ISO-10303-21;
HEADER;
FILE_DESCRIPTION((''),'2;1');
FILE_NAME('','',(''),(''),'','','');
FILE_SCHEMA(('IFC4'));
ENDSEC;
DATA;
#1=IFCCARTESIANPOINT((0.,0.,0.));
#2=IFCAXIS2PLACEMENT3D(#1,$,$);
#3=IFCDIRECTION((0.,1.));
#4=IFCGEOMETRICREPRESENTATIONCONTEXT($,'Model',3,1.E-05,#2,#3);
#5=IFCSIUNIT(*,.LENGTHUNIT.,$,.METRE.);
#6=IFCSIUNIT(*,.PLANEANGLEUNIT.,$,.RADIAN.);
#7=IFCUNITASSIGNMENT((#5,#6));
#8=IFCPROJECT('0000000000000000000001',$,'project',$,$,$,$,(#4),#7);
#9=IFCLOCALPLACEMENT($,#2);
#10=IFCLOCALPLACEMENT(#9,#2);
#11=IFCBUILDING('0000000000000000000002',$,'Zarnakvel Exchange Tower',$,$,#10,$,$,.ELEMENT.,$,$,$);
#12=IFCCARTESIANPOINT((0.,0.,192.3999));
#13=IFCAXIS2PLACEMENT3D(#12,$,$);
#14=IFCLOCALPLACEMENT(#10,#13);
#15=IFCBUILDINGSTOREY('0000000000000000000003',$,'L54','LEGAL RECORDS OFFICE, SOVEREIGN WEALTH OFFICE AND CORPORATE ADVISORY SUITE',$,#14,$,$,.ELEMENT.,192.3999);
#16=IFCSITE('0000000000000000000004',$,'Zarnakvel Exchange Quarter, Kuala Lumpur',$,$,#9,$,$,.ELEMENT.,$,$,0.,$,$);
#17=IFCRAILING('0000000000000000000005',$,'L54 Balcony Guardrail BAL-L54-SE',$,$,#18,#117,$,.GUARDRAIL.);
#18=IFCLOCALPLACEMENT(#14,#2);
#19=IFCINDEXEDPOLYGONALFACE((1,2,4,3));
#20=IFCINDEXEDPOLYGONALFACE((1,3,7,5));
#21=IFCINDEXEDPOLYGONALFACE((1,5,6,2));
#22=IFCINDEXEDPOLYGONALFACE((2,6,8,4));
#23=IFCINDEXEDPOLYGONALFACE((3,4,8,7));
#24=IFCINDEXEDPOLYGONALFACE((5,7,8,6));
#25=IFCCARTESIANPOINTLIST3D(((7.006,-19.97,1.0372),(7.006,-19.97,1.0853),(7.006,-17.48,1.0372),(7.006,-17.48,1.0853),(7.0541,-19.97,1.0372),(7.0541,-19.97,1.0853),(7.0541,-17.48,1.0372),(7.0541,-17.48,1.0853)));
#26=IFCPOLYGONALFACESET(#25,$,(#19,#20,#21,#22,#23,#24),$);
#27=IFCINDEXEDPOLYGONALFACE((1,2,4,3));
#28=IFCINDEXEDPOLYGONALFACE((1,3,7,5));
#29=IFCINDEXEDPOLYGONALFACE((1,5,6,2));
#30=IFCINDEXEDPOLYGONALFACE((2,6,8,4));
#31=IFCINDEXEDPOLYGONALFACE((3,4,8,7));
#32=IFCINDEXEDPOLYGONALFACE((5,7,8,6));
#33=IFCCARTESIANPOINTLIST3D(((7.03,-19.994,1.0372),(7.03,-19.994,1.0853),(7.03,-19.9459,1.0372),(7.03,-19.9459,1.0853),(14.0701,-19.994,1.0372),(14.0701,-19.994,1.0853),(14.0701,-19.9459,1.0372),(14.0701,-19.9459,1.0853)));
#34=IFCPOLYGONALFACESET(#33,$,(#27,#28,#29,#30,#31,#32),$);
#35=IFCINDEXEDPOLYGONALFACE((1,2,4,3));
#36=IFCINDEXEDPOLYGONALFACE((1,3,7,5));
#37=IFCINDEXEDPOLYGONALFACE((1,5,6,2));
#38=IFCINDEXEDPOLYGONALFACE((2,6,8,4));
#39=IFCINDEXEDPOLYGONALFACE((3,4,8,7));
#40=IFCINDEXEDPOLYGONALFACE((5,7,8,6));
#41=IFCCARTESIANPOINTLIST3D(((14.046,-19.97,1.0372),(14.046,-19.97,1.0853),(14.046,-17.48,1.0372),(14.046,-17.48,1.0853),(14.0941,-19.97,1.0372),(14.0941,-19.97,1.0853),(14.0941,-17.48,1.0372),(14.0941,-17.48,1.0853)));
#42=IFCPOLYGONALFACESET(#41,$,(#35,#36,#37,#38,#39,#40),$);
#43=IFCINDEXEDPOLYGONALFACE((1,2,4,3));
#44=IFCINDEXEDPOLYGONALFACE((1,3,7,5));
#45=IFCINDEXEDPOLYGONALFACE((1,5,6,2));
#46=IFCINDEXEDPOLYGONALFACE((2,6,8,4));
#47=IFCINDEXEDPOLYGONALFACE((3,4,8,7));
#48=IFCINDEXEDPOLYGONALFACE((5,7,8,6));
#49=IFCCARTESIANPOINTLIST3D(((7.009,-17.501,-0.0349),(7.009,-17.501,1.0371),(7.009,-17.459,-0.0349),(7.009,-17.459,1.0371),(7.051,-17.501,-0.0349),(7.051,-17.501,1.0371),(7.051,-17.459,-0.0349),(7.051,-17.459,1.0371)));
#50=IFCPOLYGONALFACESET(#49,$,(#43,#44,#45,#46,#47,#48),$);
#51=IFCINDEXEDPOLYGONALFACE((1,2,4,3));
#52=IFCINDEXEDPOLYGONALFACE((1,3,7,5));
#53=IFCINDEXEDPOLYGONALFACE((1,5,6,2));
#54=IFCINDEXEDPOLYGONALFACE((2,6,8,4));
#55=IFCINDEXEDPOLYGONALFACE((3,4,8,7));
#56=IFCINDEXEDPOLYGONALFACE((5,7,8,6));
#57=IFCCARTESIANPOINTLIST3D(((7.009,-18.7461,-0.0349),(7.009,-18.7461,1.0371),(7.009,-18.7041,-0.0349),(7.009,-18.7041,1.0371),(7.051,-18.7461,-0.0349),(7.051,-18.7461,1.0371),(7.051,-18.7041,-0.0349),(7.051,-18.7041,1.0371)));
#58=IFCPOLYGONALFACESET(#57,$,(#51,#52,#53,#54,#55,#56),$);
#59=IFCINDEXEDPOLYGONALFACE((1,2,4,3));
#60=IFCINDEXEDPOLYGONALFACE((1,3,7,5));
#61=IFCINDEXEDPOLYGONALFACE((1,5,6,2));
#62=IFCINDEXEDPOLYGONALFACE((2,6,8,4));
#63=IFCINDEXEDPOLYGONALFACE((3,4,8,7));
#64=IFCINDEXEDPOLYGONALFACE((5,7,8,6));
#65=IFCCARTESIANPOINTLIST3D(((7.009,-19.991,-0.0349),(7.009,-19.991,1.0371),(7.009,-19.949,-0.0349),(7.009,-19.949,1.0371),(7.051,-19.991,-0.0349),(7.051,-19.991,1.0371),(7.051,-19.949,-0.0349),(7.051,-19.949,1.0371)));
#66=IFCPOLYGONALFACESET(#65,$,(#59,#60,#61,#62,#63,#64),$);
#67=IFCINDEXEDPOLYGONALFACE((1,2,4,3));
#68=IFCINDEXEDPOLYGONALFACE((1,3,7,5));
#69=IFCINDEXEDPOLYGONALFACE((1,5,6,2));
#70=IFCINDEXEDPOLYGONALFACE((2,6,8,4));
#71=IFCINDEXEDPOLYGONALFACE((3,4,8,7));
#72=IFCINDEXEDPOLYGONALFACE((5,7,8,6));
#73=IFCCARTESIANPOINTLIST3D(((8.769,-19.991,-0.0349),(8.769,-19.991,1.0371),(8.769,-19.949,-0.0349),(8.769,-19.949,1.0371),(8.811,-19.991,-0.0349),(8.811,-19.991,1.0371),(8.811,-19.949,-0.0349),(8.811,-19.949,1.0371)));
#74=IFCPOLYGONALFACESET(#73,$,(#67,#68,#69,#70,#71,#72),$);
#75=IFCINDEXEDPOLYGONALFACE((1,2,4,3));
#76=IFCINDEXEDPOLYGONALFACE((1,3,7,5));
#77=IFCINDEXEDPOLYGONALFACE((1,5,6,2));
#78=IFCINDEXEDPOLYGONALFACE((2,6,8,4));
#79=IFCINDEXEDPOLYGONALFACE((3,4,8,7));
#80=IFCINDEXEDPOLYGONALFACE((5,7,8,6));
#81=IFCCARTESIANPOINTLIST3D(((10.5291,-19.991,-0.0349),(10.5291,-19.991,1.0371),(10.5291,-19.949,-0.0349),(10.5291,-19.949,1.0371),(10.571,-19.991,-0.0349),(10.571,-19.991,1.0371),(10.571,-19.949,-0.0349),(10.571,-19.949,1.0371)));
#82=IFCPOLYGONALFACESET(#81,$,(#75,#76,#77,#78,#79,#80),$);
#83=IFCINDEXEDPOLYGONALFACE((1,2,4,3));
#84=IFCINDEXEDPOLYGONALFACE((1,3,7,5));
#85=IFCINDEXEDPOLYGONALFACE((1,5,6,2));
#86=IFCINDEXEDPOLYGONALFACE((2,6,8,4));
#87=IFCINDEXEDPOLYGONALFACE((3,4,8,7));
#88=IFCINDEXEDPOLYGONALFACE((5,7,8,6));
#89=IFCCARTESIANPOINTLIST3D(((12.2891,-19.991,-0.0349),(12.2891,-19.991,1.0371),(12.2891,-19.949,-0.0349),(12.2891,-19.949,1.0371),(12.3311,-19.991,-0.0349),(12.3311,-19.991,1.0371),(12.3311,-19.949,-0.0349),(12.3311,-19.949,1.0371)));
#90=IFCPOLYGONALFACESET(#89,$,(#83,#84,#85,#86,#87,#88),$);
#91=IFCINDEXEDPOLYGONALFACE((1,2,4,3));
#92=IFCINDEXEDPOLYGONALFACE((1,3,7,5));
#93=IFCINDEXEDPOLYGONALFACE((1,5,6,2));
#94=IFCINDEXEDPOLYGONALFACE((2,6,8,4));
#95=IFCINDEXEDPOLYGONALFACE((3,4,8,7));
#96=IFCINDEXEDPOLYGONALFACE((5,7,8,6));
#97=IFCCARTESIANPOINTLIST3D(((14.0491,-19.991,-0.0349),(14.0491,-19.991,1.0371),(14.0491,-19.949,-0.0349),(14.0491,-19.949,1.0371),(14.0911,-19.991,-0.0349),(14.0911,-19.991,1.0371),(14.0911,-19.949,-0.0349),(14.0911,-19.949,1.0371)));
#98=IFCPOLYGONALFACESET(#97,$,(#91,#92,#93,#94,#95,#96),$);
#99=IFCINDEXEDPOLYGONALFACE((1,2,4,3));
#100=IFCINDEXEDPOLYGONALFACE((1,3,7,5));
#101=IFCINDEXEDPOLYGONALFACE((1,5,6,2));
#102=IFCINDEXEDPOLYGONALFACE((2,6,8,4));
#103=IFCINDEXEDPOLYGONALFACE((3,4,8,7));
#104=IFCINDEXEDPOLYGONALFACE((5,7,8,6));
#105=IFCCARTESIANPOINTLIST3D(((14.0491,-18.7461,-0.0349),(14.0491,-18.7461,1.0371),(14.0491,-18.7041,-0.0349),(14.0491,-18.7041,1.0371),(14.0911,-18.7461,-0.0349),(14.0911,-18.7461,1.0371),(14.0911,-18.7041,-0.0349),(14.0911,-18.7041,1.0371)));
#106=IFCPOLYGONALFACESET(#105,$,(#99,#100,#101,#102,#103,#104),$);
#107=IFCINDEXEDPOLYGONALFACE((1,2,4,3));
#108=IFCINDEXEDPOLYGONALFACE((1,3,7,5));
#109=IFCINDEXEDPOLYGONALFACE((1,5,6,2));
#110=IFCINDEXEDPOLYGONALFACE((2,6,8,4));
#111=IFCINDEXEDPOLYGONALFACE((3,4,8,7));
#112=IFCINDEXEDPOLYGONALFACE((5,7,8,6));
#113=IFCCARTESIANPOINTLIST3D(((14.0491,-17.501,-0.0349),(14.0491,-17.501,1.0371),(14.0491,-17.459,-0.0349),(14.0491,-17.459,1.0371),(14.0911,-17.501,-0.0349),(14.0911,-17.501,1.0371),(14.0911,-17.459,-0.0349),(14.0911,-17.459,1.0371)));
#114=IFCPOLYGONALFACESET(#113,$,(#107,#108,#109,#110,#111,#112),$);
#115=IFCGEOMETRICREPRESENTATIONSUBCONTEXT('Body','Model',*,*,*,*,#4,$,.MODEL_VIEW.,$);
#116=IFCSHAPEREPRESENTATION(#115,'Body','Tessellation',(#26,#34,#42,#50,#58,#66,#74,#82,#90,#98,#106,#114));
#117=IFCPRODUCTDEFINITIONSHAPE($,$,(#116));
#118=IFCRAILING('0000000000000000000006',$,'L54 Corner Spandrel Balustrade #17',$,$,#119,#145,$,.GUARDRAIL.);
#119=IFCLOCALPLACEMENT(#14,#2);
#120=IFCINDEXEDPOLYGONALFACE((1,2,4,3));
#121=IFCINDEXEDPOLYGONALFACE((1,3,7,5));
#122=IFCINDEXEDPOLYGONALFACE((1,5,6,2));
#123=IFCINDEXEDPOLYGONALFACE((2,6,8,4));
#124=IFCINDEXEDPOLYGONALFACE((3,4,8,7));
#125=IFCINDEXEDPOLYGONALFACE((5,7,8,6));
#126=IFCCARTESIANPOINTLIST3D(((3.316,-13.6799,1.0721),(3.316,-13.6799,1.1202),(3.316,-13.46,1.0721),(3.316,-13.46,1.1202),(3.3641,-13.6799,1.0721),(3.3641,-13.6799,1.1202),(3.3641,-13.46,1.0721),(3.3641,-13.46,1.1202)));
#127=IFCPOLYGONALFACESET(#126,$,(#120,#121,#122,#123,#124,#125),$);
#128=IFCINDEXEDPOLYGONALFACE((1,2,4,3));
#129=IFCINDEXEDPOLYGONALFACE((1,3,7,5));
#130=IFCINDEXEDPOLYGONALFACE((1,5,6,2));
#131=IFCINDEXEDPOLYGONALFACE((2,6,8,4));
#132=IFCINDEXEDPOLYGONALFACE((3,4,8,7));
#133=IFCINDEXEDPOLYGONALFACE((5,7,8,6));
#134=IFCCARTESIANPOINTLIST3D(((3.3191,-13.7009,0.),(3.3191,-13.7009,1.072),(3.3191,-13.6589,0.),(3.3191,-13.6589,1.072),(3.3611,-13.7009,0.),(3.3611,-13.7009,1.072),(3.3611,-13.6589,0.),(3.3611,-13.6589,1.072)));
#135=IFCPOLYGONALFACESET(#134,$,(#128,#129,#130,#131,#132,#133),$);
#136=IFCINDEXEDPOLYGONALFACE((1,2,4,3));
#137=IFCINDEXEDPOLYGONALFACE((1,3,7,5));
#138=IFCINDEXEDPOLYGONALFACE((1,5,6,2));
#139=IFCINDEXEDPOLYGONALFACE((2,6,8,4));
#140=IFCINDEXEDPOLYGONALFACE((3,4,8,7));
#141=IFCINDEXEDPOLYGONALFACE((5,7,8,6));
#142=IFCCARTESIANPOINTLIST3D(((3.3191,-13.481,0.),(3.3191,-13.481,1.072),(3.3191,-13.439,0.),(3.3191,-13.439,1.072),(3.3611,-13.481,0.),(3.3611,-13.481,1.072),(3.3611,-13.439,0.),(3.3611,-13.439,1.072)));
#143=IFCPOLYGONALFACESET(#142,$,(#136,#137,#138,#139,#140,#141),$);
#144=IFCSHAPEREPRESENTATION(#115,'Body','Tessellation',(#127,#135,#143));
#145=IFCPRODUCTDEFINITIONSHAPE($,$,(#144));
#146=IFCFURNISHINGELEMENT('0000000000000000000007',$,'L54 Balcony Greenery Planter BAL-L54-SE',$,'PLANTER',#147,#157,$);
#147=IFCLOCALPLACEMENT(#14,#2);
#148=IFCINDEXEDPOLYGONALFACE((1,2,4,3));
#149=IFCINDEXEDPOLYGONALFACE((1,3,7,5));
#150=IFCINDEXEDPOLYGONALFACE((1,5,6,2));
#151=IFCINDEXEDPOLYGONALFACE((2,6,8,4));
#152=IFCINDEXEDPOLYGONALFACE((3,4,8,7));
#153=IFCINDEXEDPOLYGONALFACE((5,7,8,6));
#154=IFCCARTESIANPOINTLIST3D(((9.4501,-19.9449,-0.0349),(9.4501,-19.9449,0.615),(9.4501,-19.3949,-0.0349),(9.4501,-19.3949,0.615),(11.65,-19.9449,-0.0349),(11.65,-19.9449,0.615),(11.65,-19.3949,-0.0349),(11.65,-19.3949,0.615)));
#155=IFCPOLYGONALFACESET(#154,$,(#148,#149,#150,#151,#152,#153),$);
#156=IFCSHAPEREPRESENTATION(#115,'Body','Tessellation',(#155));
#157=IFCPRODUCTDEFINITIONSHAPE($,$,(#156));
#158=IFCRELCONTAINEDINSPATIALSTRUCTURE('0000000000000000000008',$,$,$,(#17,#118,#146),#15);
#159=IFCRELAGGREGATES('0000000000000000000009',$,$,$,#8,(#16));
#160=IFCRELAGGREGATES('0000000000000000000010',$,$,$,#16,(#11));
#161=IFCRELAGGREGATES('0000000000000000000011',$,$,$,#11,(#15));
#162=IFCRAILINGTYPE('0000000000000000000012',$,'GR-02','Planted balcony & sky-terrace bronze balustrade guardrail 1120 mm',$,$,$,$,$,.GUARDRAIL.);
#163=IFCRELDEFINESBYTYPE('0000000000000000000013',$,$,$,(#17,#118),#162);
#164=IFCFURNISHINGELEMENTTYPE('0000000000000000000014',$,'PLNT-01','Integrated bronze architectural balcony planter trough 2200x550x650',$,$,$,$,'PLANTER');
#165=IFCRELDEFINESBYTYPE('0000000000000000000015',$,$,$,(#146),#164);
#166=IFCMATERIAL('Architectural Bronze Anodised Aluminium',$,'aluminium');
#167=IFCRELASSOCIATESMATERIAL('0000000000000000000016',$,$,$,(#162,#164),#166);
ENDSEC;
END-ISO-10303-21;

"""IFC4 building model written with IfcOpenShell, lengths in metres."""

from ifc_helpers import new_model, si_unit, direction, frame, origin, origin_2d, place, context, subcontext, project, spatial, rectangle, extrude, source, transform, mapped, material, type_object, element, save


model = new_model("IFC4")

# Units and contexts
model_context = context("Model", 3, precision=1e-05, world=origin(), true_north=direction((0.0, 1.0)))
body_context = subcontext(model_context, "Body", "Model", "MODEL_VIEW")
ifc_project = project(units=[si_unit("LENGTHUNIT", "METRE"), si_unit("PLANEANGLEUNIT", "RADIAN")], contexts=[model_context])

# Site, building, storey
site_placement = place(None, origin())
site = spatial("IfcSite", under=ifc_project, at=site_placement, Name="Zarnakvel Exchange Quarter, Kuala Lumpur", CompositionType="ELEMENT", RefElevation=0.0)
building_placement = place(site_placement, origin())
building = spatial("IfcBuilding", under=site, at=building_placement, Name="Zarnakvel Exchange Tower", CompositionType="ELEMENT")
storey_placement = place(building_placement, frame((0.0, 0.0, 192.3999)))
storey = spatial("IfcBuildingStorey", under=building, at=storey_placement, Name="L54", Description="LEGAL RECORDS OFFICE, SOVEREIGN WEALTH OFFICE AND CORPORATE ADVISORY SUITE", CompositionType="ELEMENT", Elevation=192.3999)

# Shared definitions
ifc_material_1 = material(Name="Architectural Bronze Anodised Aluminium", Category="aluminium")

# Railings
railing_type = type_object("IfcRailingType", Name="GR-02", Description="Planted balcony & sky-terrace bronze balustrade guardrail 1120 mm", PredefinedType="GUARDRAIL", material=ifc_material_1)
railing_1_placement = place(storey_placement, frame((7.03, -17.48, -0.0349)))
element("IfcRailing", 1, at=railing_1_placement, inside=storey, type_object=railing_type, Name="L54 Balcony Guardrail BAL-L54-SE", PredefinedType="GUARDRAIL", context=body_context, shape_type="SweptSolid", body=[
    extrude(rectangle(XDim=0.0481, YDim=0.0481, at=origin_2d()), frame((0.0, 0.0, 1.0962), z_axis=(0.0, -1.0, 0.0), x_axis=(1.0, 0.0, 0.0)), (0.0, 0.0, 1.0), 2.49),
    extrude(rectangle(XDim=0.0481, YDim=0.0481, at=origin_2d()), frame((0.0, -2.49, 1.0962), z_axis=(1.0, 0.0, 0.0), x_axis=(0.0, 1.0, 0.0)), (0.0, 0.0, 1.0), 7.04),
    extrude(rectangle(XDim=0.0481, YDim=0.0481, at=origin_2d()), frame((7.04, -2.49, 1.0962), z_axis=(0.0, 1.0, 0.0), x_axis=(-1.0, 0.0, 0.0)), (0.0, 0.0, 1.0), 2.49),
    extrude(rectangle(XDim=0.042, YDim=0.042, at=origin_2d()), origin(), (0.0, 0.0, 1.0), 1.072),
    extrude(rectangle(XDim=0.042, YDim=0.042, at=origin_2d()), frame((0.0, -1.2451, 0.0)), (0.0, 0.0, 1.0), 1.072),
    extrude(rectangle(XDim=0.042, YDim=0.042, at=origin_2d()), frame((0.0, -2.49, 0.0)), (0.0, 0.0, 1.0), 1.072),
    extrude(rectangle(XDim=0.042, YDim=0.042, at=origin_2d()), frame((1.76, -2.49, 0.0)), (0.0, 0.0, 1.0), 1.072),
    extrude(rectangle(XDim=0.042, YDim=0.042, at=origin_2d()), frame((3.52, -2.49, 0.0)), (0.0, 0.0, 1.0), 1.072),
    extrude(rectangle(XDim=0.042, YDim=0.042, at=origin_2d()), frame((5.28, -2.49, 0.0)), (0.0, 0.0, 1.0), 1.072),
    extrude(rectangle(XDim=0.042, YDim=0.042, at=origin_2d()), frame((7.04, -2.49, 0.0)), (0.0, 0.0, 1.0), 1.072),
    extrude(rectangle(XDim=0.042, YDim=0.042, at=origin_2d()), frame((7.04, -1.2451, 0.0)), (0.0, 0.0, 1.0), 1.072),
    extrude(rectangle(XDim=0.042, YDim=0.042, at=origin_2d()), frame((7.04, 0.0, 0.0)), (0.0, 0.0, 1.0), 1.072),
])
railing_2_placement = place(storey_placement, frame((3.3401, -13.6799, 0.0)))
element("IfcRailing", 2, at=railing_2_placement, inside=storey, type_object=railing_type, Name="L54 Corner Spandrel Balustrade #17", PredefinedType="GUARDRAIL", context=body_context, shape_type="SweptSolid", body=[
    extrude(rectangle(XDim=0.0481, YDim=0.0481, at=origin_2d()), frame((0.0, 0.0, 1.0962), z_axis=(0.0, 1.0, 0.0), x_axis=(-1.0, 0.0, 0.0)), (0.0, 0.0, 1.0), 0.22),
    extrude(rectangle(XDim=0.042, YDim=0.042, at=origin_2d()), origin(), (0.0, 0.0, 1.0), 1.072),
    extrude(rectangle(XDim=0.042, YDim=0.042, at=origin_2d()), frame((0.0, 0.22, 0.0)), (0.0, 0.0, 1.0), 1.072),
])

# Furnishing element
furnishing_element_type = type_object("IfcFurnishingElementType", Name="PLNT-01", Description="Integrated bronze architectural balcony planter trough 2200x550x650", ElementType="PLANTER", material=ifc_material_1)
shared_shape_1 = source(origin(), body_context, "Body", "SweptSolid", [
    extrude(rectangle(XDim=2.2, YDim=0.55, at=origin_2d()), origin(), (0.0, 0.0, 1.0), 0.6499),
])
furnishing_placement = place(storey_placement, frame((10.55, -19.6699, -0.0349), z_axis=(0.0, 0.0, 1.0), x_axis=(1.0, 0.0, 0.0)))
element("IfcFurnishingElement", 3, at=furnishing_placement, inside=storey, type_object=furnishing_element_type, Name="L54 Balcony Greenery Planter BAL-L54-SE", ObjectType="PLANTER", context=body_context, shape_type="MappedRepresentation", body=[
    mapped(shared_shape_1, transform((0.0, 0.0, 0.0), x_axis=(1.0, 0.0, 0.0), y_axis=(0.0, 1.0, 0.0), z_axis=(0.0, 0.0, 1.0), scale=1.0)),
])

save(model, "model.ifc")
